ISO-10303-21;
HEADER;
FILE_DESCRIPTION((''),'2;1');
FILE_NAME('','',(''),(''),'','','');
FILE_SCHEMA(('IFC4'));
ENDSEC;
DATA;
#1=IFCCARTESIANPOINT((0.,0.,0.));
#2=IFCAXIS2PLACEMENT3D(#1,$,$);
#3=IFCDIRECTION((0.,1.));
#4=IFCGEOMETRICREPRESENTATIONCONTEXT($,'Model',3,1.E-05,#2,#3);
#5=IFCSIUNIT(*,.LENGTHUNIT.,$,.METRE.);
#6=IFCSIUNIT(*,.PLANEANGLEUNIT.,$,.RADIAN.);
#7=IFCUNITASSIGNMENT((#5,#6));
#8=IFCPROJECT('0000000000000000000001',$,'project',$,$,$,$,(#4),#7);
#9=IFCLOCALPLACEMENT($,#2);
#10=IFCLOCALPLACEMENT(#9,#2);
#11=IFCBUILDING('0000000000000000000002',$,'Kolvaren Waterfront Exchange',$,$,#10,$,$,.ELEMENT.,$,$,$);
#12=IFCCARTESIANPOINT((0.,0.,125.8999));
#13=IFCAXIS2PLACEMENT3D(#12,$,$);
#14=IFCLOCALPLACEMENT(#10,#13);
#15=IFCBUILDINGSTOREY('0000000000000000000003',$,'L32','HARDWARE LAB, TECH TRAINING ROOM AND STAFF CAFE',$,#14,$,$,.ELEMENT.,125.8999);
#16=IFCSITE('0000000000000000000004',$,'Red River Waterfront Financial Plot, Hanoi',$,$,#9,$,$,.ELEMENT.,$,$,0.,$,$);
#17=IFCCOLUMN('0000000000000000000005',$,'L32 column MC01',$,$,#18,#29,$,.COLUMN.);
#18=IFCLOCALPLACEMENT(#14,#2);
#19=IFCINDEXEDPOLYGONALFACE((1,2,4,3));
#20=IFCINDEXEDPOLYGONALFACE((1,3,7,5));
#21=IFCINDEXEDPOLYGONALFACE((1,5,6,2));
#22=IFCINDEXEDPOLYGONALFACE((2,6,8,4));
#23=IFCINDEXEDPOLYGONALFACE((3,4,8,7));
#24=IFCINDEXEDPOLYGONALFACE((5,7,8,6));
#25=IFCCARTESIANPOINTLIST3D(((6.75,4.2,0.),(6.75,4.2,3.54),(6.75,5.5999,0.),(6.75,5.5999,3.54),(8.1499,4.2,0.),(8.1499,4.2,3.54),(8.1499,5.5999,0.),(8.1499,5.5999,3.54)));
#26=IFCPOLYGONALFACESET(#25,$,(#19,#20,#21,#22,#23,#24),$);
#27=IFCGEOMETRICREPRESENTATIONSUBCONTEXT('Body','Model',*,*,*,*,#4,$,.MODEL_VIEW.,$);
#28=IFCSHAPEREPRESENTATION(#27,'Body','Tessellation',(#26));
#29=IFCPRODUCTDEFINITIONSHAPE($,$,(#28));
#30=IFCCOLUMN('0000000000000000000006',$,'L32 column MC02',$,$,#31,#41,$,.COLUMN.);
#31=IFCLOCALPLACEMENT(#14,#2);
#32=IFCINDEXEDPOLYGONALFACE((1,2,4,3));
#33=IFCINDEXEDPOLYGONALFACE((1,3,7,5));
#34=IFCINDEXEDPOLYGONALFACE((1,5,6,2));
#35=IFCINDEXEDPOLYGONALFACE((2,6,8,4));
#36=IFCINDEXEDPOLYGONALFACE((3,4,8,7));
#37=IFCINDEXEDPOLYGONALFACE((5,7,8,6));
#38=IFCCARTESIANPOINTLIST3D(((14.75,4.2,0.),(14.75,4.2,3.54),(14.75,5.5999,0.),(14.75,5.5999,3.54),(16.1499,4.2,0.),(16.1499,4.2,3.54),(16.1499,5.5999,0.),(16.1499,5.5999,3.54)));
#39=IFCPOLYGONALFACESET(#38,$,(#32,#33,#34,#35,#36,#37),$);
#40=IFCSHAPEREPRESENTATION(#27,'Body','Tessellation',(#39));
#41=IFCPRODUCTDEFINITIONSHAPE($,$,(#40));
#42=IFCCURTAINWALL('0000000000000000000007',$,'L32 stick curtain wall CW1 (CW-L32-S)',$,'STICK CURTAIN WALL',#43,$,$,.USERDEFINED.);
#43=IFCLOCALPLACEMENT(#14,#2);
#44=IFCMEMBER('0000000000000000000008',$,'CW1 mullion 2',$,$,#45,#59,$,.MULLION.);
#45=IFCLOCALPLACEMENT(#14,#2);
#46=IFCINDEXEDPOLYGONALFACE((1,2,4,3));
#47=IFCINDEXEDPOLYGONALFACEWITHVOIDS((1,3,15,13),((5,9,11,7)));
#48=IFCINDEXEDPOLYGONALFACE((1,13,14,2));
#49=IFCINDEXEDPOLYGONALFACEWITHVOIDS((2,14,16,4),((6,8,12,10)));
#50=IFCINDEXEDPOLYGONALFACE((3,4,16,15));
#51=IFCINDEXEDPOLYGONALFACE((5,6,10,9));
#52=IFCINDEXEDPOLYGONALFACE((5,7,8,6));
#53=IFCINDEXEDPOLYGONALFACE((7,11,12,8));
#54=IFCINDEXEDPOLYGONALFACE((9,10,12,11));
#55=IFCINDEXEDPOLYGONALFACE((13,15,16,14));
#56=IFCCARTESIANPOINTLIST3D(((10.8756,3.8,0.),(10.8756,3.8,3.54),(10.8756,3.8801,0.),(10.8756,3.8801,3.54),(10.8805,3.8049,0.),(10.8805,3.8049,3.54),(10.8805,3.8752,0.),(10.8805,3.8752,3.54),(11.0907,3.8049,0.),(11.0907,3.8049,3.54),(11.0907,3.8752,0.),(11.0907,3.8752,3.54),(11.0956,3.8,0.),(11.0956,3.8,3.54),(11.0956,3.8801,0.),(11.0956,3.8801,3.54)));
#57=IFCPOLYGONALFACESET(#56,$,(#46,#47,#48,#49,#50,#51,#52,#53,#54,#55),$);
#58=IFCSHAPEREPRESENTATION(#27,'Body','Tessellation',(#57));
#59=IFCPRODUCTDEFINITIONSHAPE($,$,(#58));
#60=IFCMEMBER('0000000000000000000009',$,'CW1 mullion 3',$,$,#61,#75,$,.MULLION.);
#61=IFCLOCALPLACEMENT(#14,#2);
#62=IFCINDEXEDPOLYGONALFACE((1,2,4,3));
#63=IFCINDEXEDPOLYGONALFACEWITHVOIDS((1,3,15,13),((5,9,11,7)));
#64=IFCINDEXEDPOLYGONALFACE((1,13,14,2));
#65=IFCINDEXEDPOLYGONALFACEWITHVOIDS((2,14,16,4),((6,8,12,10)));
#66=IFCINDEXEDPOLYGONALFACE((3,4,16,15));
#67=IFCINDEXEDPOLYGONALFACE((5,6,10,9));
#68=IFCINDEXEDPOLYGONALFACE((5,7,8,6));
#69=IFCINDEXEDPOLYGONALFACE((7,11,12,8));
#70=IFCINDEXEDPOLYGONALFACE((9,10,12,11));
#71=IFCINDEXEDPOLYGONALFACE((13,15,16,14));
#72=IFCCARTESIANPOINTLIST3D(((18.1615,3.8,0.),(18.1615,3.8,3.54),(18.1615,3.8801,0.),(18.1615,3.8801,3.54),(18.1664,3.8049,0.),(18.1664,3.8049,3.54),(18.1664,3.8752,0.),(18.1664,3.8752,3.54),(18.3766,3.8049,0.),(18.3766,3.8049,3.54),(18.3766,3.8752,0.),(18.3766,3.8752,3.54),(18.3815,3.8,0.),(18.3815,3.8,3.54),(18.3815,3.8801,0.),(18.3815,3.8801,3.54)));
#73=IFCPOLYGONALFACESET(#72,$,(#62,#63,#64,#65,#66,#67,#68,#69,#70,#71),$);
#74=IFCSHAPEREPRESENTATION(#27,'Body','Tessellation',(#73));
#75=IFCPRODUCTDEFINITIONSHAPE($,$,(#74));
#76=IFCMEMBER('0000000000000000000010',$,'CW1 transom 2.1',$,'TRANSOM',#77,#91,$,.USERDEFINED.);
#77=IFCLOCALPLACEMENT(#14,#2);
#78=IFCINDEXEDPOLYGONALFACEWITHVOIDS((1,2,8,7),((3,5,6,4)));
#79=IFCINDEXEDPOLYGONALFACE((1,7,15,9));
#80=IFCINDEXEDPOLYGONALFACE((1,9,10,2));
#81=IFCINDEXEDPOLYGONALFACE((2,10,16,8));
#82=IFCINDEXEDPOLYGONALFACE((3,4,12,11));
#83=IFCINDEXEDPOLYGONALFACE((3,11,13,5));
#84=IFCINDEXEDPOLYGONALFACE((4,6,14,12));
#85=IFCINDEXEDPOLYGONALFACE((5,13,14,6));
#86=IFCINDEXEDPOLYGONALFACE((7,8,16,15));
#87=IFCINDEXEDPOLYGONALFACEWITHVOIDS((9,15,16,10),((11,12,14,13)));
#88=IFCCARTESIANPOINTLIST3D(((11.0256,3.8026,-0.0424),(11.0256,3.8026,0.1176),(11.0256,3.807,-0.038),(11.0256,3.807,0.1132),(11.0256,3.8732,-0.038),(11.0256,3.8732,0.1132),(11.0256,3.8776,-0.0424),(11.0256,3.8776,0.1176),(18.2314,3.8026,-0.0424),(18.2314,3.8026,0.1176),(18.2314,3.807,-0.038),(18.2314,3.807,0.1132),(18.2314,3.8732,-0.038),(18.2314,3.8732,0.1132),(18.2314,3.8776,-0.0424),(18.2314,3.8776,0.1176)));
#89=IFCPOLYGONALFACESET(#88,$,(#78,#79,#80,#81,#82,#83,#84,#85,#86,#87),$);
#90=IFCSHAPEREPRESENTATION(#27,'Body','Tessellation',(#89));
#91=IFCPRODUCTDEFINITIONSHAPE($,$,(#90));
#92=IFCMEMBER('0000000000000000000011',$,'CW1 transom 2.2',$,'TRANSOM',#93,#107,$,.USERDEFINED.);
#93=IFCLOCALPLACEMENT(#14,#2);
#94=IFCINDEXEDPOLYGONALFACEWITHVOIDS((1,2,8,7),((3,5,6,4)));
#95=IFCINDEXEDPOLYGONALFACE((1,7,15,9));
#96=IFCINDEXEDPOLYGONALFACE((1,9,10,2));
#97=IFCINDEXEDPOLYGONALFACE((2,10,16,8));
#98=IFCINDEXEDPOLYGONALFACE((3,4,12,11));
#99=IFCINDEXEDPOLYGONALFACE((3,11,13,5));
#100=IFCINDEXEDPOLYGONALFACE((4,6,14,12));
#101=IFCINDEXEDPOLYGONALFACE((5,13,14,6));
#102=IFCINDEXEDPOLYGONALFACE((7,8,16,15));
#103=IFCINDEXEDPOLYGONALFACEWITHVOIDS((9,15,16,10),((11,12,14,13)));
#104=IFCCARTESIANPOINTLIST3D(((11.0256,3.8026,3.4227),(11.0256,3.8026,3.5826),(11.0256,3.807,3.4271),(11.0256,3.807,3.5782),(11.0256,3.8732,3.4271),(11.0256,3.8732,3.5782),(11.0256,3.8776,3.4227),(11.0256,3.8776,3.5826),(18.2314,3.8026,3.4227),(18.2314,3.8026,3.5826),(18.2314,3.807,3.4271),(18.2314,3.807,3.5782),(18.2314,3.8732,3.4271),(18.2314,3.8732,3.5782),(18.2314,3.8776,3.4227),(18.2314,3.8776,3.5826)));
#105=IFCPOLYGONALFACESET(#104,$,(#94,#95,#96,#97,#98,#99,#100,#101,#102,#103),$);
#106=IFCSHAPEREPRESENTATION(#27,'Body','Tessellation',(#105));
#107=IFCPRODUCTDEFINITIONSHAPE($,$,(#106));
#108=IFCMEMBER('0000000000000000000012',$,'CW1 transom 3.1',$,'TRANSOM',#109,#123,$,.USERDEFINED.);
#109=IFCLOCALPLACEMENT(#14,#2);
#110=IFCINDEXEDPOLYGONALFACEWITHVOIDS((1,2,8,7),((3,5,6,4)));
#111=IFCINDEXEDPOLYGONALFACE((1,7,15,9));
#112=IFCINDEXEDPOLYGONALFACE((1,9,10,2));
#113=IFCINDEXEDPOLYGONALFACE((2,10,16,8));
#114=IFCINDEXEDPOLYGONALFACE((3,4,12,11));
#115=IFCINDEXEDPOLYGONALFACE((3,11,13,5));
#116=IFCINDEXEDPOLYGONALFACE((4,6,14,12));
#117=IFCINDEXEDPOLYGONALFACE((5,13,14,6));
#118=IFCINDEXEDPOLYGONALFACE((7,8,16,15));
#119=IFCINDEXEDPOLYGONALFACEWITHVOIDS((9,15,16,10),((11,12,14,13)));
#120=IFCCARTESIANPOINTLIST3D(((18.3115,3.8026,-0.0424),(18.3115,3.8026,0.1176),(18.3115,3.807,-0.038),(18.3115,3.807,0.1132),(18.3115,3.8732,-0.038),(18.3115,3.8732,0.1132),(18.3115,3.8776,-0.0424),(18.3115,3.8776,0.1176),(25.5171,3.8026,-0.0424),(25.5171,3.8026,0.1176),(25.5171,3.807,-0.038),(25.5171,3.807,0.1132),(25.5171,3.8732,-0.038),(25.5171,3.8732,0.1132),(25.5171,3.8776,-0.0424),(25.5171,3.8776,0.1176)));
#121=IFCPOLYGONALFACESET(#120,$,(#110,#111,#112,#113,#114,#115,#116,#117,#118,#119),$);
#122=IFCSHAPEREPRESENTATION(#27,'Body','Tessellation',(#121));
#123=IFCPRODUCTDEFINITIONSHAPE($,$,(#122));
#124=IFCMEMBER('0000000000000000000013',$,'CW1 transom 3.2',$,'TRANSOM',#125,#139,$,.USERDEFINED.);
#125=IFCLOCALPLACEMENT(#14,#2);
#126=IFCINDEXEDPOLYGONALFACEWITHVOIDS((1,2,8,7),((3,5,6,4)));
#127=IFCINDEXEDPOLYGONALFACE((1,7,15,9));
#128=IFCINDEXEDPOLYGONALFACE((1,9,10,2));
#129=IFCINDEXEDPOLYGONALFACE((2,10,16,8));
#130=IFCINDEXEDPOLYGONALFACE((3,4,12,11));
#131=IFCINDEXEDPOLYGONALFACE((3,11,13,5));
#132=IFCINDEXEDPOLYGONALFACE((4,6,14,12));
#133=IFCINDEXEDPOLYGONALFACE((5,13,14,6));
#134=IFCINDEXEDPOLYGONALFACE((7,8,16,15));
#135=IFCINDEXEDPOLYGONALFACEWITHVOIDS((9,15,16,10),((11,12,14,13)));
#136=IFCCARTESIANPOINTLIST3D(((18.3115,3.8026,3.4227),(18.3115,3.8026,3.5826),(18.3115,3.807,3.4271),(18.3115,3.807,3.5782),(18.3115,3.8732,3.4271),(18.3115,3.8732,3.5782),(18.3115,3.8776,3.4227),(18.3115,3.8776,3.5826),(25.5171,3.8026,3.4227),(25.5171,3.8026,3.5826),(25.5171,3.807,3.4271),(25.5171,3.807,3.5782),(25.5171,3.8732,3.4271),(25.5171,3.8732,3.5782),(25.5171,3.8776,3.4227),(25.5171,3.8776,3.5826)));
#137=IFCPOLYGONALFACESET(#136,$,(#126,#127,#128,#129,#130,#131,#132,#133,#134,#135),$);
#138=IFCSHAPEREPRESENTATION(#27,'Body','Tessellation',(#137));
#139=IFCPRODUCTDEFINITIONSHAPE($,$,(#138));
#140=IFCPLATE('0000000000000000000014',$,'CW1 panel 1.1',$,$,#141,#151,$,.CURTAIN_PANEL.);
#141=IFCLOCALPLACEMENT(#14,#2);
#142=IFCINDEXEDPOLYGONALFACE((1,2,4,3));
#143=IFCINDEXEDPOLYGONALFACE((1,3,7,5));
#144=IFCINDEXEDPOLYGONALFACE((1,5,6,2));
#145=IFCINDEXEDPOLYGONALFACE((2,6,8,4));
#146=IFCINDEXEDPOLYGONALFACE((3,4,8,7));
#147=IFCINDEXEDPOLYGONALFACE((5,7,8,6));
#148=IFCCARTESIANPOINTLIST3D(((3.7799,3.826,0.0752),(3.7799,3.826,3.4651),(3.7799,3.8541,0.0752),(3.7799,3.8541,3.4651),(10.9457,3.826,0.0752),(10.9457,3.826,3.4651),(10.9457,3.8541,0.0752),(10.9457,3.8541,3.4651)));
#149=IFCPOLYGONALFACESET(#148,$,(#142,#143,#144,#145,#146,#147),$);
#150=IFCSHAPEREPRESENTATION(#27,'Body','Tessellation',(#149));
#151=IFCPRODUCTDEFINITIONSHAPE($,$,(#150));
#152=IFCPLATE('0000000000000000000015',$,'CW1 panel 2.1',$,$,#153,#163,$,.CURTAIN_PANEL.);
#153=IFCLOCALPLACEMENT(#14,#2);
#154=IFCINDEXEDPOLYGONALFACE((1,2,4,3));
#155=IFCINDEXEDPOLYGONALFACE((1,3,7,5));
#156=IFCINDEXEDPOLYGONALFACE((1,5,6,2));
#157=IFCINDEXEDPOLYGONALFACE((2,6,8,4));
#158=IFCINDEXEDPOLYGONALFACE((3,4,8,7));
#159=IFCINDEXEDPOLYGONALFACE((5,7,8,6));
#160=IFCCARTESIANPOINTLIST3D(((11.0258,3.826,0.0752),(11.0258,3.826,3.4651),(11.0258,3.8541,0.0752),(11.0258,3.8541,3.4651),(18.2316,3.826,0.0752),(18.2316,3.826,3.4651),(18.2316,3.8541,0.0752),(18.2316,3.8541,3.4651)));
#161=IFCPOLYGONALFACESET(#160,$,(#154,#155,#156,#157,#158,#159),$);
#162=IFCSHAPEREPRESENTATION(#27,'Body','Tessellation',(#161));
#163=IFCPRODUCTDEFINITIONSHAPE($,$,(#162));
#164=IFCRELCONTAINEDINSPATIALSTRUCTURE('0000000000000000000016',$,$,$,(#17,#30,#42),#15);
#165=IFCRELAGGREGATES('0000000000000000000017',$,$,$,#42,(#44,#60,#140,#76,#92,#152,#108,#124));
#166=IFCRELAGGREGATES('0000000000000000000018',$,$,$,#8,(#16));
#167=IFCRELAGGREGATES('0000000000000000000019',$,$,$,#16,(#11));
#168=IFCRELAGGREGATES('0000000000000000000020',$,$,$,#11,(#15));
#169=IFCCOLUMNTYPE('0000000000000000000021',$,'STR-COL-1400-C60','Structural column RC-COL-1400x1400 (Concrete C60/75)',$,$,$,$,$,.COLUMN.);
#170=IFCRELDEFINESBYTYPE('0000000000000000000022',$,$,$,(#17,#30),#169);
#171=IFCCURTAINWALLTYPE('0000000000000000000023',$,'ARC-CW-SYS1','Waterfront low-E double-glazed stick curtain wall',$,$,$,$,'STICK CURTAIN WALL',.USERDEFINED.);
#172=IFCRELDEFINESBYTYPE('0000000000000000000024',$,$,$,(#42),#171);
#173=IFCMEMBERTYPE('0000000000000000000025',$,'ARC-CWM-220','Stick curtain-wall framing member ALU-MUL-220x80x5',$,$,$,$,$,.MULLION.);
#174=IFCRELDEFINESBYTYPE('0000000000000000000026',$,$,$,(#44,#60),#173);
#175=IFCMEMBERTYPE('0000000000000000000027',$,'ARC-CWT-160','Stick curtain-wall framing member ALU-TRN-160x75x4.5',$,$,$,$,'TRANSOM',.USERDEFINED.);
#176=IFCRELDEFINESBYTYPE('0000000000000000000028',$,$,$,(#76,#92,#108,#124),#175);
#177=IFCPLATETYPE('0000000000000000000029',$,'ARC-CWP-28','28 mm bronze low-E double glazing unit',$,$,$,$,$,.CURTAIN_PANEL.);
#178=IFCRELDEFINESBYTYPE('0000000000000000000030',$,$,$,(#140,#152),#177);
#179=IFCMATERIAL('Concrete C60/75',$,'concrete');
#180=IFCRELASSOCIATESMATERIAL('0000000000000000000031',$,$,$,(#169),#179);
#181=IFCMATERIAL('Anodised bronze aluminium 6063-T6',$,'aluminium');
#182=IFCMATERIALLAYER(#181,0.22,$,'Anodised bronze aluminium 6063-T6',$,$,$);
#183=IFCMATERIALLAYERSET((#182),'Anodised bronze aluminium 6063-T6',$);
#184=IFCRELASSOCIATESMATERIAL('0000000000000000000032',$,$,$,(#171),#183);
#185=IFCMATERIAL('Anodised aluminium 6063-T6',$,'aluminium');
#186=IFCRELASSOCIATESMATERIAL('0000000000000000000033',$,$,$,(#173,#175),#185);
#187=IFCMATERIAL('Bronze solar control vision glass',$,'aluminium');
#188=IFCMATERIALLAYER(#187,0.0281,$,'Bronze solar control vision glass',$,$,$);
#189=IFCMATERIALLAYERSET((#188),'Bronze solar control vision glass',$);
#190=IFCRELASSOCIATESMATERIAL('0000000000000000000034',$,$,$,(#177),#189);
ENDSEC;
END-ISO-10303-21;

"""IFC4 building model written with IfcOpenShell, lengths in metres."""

from ifc_helpers import new_model, si_unit, direction, frame, origin, origin_with_axes, origin_2d, place, context, subcontext, project, spatial, rectangle, hollow_rectangle, extrude, source, transform, mapped, material, layer, layer_set, material_profile, profile_set, type_object, element, aggregate, save


model = new_model("IFC4")

# Units and contexts
model_context = context("Model", 3, precision=1e-05, world=origin(), true_north=direction((0.0, 1.0)))
body_context = subcontext(model_context, "Body", "Model", "MODEL_VIEW")
ifc_project = project(units=[si_unit("LENGTHUNIT", "METRE"), si_unit("PLANEANGLEUNIT", "RADIAN")], contexts=[model_context])

# Site, building, storey
site_placement = place(None, origin())
site = spatial("IfcSite", under=ifc_project, at=site_placement, Name="Red River Waterfront Financial Plot, Hanoi", CompositionType="ELEMENT", RefElevation=0.0)
building_placement = place(site_placement, origin())
building = spatial("IfcBuilding", under=site, at=building_placement, Name="Kolvaren Waterfront Exchange", CompositionType="ELEMENT")
storey_placement = place(building_placement, frame((0.0, 0.0, 125.8999)))
storey = spatial("IfcBuildingStorey", under=building, at=storey_placement, Name="L32", Description="HARDWARE LAB, TECH TRAINING ROOM AND STAFF CAFE", CompositionType="ELEMENT", Elevation=125.8999)

# Columns
ifc_material_1 = material(Name="Concrete C60/75", Category="concrete")
ifc_material_profile_1 = material_profile(ifc_material_1, rectangle(XDim=1.3999, YDim=1.3999, at=origin_2d()), Name="RC-COL-1400x1400")
ifc_profile_set_1 = profile_set([ifc_material_profile_1], Name="Concrete C60/75")
column_type = type_object("IfcColumnType", Name="STR-COL-1400-C60", Description="Structural column RC-COL-1400x1400 (Concrete C60/75)", PredefinedType="COLUMN", material=ifc_profile_set_1)
for number, where, z_axis, x_axis, name in (
    (1, (7.45, 4.8999, 0.0), (0.0, 0.0, 1.0), (1.0, 0.0, 0.0), "L32 column MC01"),
    (2, (15.45, 4.8999, 0.0), (0.0, 0.0, 1.0), (1.0, 0.0, 0.0), "L32 column MC02"),
):
    element("IfcColumn", number, at=place(storey_placement, frame(where, z_axis=z_axis, x_axis=x_axis)), inside=storey, type_object=column_type, Name=name, PredefinedType="COLUMN", context=body_context, shape_type="SweptSolid", body=[
        extrude(rectangle(XDim=1.3999, YDim=1.3999, at=origin_2d()), origin(), (0.0, 0.0, 1.0), 3.54),
    ])

# Curtain wall, members, plates
ifc_material_2 = material(Name="Anodised bronze aluminium 6063-T6", Category="aluminium")
ifc_layer_1 = layer(ifc_material_2, 0.22, Name="Anodised bronze aluminium 6063-T6")
ifc_layer_set_1 = layer_set([ifc_layer_1], Name="Anodised bronze aluminium 6063-T6")
curtain_wall_type = type_object("IfcCurtainWallType", Name="ARC-CW-SYS1", Description="Waterfront low-E double-glazed stick curtain wall", ElementType="STICK CURTAIN WALL", PredefinedType="USERDEFINED", material=ifc_layer_set_1)
curtain_wall_placement = place(storey_placement, origin())
curtain_wall = element("IfcCurtainWall", 3, at=curtain_wall_placement, inside=storey, type_object=curtain_wall_type, Name="L32 stick curtain wall CW1 (CW-L32-S)", ObjectType="STICK CURTAIN WALL", PredefinedType="USERDEFINED")
ifc_material_3 = material(Name="Anodised aluminium 6063-T6", Category="aluminium")
ifc_material_profile_2 = material_profile(ifc_material_3, hollow_rectangle(XDim=0.0801, YDim=0.22, WallThickness=0.0049, at=origin_2d()), Name="ALU-MUL-220x80x5")
ifc_profile_set_2 = profile_set([ifc_material_profile_2], Name="Anodised aluminium 6063-T6")
member_type_1 = type_object("IfcMemberType", Name="ARC-CWM-220", Description="Stick curtain-wall framing member ALU-MUL-220x80x5", PredefinedType="MULLION", material=ifc_profile_set_2)
shared_shape_1 = source(origin_with_axes(), body_context, "Body", "SweptSolid", [
    extrude(hollow_rectangle(XDim=0.0801, YDim=0.22, WallThickness=0.0049, at=origin_2d()), origin(), (0.0, 0.0, 1.0), 3.54),
])
member_1_placement = place(storey_placement, frame((10.9856, 3.8401, 0.0), z_axis=(0.0, 0.0, 1.0), x_axis=(0.0, 1.0, 0.0)))
member_1 = element("IfcMember", 4, at=member_1_placement, type_object=member_type_1, Name="CW1 mullion 2", PredefinedType="MULLION", context=body_context, shape_type="MappedRepresentation", body=[
    mapped(shared_shape_1, transform((0.0, 0.0, 0.0), x_axis=(1.0, 0.0, 0.0), y_axis=(0.0, 1.0, 0.0), z_axis=(0.0, 0.0, 1.0), scale=1.0)),
])
member_2_placement = place(storey_placement, frame((18.2715, 3.8401, 0.0), z_axis=(0.0, 0.0, 1.0), x_axis=(0.0, 1.0, 0.0)))
member_2 = element("IfcMember", 5, at=member_2_placement, type_object=member_type_1, Name="CW1 mullion 3", PredefinedType="MULLION", context=body_context, shape_type="MappedRepresentation", body=[
    mapped(shared_shape_1, transform((0.0, 0.0, 0.0), x_axis=(1.0, 0.0, 0.0), y_axis=(0.0, 1.0, 0.0), z_axis=(0.0, 0.0, 1.0), scale=1.0)),
])
ifc_material_profile_3 = material_profile(ifc_material_3, hollow_rectangle(XDim=0.075, YDim=0.1599, WallThickness=0.0044, at=origin_2d()), Name="ALU-TRN-160x75x4.5")
ifc_profile_set_3 = profile_set([ifc_material_profile_3], Name="Anodised aluminium 6063-T6")
member_type_2 = type_object("IfcMemberType", Name="ARC-CWT-160", Description="Stick curtain-wall framing member ALU-TRN-160x75x4.5", ElementType="TRANSOM", PredefinedType="USERDEFINED", material=ifc_profile_set_3)
shared_shape_2 = source(origin_with_axes(), body_context, "Body", "SweptSolid", [
    extrude(hollow_rectangle(XDim=0.075, YDim=0.1599, WallThickness=0.0044, at=origin_2d()), origin(), (0.0, 0.0, 1.0), 7.2058),
])
member_3_placement = place(storey_placement, frame((11.0256, 3.8401, 0.0376), z_axis=(1.0, 0.0, 0.0), x_axis=(0.0, 1.0, 0.0)))
member_3 = element("IfcMember", 6, at=member_3_placement, type_object=member_type_2, Name="CW1 transom 2.1", ObjectType="TRANSOM", PredefinedType="USERDEFINED", context=body_context, shape_type="MappedRepresentation", body=[
    mapped(shared_shape_2, transform((0.0, 0.0, 0.0), x_axis=(1.0, 0.0, 0.0), y_axis=(0.0, 1.0, 0.0), z_axis=(0.0, 0.0, 1.0), scale=1.0)),
])
member_4_placement = place(storey_placement, frame((11.0256, 3.8401, 3.5027), z_axis=(1.0, 0.0, 0.0), x_axis=(0.0, 1.0, 0.0)))
member_4 = element("IfcMember", 7, at=member_4_placement, type_object=member_type_2, Name="CW1 transom 2.2", ObjectType="TRANSOM", PredefinedType="USERDEFINED", context=body_context, shape_type="MappedRepresentation", body=[
    mapped(shared_shape_2, transform((0.0, 0.0, 0.0), x_axis=(1.0, 0.0, 0.0), y_axis=(0.0, 1.0, 0.0), z_axis=(0.0, 0.0, 1.0), scale=1.0)),
])
shared_shape_3 = source(origin_with_axes(), body_context, "Body", "SweptSolid", [
    extrude(hollow_rectangle(XDim=0.075, YDim=0.1599, WallThickness=0.0044, at=origin_2d()), origin(), (0.0, 0.0, 1.0), 7.2056),
])
member_5_placement = place(storey_placement, frame((18.3115, 3.8401, 0.0376), z_axis=(1.0, 0.0, 0.0), x_axis=(0.0, 1.0, 0.0)))
member_5 = element("IfcMember", 8, at=member_5_placement, type_object=member_type_2, Name="CW1 transom 3.1", ObjectType="TRANSOM", PredefinedType="USERDEFINED", context=body_context, shape_type="MappedRepresentation", body=[
    mapped(shared_shape_3, transform((0.0, 0.0, 0.0), x_axis=(1.0, 0.0, 0.0), y_axis=(0.0, 1.0, 0.0), z_axis=(0.0, 0.0, 1.0), scale=1.0)),
])
member_6_placement = place(storey_placement, frame((18.3115, 3.8401, 3.5027), z_axis=(1.0, 0.0, 0.0), x_axis=(0.0, 1.0, 0.0)))
member_6 = element("IfcMember", 9, at=member_6_placement, type_object=member_type_2, Name="CW1 transom 3.2", ObjectType="TRANSOM", PredefinedType="USERDEFINED", context=body_context, shape_type="MappedRepresentation", body=[
    mapped(shared_shape_3, transform((0.0, 0.0, 0.0), x_axis=(1.0, 0.0, 0.0), y_axis=(0.0, 1.0, 0.0), z_axis=(0.0, 0.0, 1.0), scale=1.0)),
])
ifc_material_4 = material(Name="Bronze solar control vision glass", Category="aluminium")
ifc_layer_2 = layer(ifc_material_4, 0.0281, Name="Bronze solar control vision glass")
ifc_layer_set_2 = layer_set([ifc_layer_2], Name="Bronze solar control vision glass")
plate_type = type_object("IfcPlateType", Name="ARC-CWP-28", Description="28 mm bronze low-E double glazing unit", PredefinedType="CURTAIN_PANEL", material=ifc_layer_set_2)
shared_shape_4 = source(origin_with_axes(), body_context, "Body", "SweptSolid", [
    extrude(rectangle(XDim=7.1658, YDim=0.0281, at=origin_2d()), origin(), (0.0, 0.0, 1.0), 3.3899),
])
plate_1_placement = place(storey_placement, frame((7.3628, 3.8401, 0.0752), z_axis=(0.0, 0.0, 1.0), x_axis=(1.0, 0.0, 0.0)))
plate_1 = element("IfcPlate", 10, at=plate_1_placement, type_object=plate_type, Name="CW1 panel 1.1", PredefinedType="CURTAIN_PANEL", context=body_context, shape_type="MappedRepresentation", body=[
    mapped(shared_shape_4, transform((0.0, 0.0, 0.0), x_axis=(1.0, 0.0, 0.0), y_axis=(0.0, 1.0, 0.0), z_axis=(0.0, 0.0, 1.0), scale=1.0)),
])
shared_shape_5 = source(origin_with_axes(), body_context, "Body", "SweptSolid", [
    extrude(rectangle(XDim=7.2058, YDim=0.0281, at=origin_2d()), origin(), (0.0, 0.0, 1.0), 3.3899),
])
plate_2_placement = place(storey_placement, frame((14.6287, 3.8401, 0.0752), z_axis=(0.0, 0.0, 1.0), x_axis=(1.0, 0.0, 0.0)))
plate_2 = element("IfcPlate", 11, at=plate_2_placement, type_object=plate_type, Name="CW1 panel 2.1", PredefinedType="CURTAIN_PANEL", context=body_context, shape_type="MappedRepresentation", body=[
    mapped(shared_shape_5, transform((0.0, 0.0, 0.0), x_axis=(1.0, 0.0, 0.0), y_axis=(0.0, 1.0, 0.0), z_axis=(0.0, 0.0, 1.0), scale=1.0)),
])
aggregate(curtain_wall, [member_1, member_2, plate_1, member_3, member_4, plate_2, member_5, member_6])

save(model, "model.ifc")
